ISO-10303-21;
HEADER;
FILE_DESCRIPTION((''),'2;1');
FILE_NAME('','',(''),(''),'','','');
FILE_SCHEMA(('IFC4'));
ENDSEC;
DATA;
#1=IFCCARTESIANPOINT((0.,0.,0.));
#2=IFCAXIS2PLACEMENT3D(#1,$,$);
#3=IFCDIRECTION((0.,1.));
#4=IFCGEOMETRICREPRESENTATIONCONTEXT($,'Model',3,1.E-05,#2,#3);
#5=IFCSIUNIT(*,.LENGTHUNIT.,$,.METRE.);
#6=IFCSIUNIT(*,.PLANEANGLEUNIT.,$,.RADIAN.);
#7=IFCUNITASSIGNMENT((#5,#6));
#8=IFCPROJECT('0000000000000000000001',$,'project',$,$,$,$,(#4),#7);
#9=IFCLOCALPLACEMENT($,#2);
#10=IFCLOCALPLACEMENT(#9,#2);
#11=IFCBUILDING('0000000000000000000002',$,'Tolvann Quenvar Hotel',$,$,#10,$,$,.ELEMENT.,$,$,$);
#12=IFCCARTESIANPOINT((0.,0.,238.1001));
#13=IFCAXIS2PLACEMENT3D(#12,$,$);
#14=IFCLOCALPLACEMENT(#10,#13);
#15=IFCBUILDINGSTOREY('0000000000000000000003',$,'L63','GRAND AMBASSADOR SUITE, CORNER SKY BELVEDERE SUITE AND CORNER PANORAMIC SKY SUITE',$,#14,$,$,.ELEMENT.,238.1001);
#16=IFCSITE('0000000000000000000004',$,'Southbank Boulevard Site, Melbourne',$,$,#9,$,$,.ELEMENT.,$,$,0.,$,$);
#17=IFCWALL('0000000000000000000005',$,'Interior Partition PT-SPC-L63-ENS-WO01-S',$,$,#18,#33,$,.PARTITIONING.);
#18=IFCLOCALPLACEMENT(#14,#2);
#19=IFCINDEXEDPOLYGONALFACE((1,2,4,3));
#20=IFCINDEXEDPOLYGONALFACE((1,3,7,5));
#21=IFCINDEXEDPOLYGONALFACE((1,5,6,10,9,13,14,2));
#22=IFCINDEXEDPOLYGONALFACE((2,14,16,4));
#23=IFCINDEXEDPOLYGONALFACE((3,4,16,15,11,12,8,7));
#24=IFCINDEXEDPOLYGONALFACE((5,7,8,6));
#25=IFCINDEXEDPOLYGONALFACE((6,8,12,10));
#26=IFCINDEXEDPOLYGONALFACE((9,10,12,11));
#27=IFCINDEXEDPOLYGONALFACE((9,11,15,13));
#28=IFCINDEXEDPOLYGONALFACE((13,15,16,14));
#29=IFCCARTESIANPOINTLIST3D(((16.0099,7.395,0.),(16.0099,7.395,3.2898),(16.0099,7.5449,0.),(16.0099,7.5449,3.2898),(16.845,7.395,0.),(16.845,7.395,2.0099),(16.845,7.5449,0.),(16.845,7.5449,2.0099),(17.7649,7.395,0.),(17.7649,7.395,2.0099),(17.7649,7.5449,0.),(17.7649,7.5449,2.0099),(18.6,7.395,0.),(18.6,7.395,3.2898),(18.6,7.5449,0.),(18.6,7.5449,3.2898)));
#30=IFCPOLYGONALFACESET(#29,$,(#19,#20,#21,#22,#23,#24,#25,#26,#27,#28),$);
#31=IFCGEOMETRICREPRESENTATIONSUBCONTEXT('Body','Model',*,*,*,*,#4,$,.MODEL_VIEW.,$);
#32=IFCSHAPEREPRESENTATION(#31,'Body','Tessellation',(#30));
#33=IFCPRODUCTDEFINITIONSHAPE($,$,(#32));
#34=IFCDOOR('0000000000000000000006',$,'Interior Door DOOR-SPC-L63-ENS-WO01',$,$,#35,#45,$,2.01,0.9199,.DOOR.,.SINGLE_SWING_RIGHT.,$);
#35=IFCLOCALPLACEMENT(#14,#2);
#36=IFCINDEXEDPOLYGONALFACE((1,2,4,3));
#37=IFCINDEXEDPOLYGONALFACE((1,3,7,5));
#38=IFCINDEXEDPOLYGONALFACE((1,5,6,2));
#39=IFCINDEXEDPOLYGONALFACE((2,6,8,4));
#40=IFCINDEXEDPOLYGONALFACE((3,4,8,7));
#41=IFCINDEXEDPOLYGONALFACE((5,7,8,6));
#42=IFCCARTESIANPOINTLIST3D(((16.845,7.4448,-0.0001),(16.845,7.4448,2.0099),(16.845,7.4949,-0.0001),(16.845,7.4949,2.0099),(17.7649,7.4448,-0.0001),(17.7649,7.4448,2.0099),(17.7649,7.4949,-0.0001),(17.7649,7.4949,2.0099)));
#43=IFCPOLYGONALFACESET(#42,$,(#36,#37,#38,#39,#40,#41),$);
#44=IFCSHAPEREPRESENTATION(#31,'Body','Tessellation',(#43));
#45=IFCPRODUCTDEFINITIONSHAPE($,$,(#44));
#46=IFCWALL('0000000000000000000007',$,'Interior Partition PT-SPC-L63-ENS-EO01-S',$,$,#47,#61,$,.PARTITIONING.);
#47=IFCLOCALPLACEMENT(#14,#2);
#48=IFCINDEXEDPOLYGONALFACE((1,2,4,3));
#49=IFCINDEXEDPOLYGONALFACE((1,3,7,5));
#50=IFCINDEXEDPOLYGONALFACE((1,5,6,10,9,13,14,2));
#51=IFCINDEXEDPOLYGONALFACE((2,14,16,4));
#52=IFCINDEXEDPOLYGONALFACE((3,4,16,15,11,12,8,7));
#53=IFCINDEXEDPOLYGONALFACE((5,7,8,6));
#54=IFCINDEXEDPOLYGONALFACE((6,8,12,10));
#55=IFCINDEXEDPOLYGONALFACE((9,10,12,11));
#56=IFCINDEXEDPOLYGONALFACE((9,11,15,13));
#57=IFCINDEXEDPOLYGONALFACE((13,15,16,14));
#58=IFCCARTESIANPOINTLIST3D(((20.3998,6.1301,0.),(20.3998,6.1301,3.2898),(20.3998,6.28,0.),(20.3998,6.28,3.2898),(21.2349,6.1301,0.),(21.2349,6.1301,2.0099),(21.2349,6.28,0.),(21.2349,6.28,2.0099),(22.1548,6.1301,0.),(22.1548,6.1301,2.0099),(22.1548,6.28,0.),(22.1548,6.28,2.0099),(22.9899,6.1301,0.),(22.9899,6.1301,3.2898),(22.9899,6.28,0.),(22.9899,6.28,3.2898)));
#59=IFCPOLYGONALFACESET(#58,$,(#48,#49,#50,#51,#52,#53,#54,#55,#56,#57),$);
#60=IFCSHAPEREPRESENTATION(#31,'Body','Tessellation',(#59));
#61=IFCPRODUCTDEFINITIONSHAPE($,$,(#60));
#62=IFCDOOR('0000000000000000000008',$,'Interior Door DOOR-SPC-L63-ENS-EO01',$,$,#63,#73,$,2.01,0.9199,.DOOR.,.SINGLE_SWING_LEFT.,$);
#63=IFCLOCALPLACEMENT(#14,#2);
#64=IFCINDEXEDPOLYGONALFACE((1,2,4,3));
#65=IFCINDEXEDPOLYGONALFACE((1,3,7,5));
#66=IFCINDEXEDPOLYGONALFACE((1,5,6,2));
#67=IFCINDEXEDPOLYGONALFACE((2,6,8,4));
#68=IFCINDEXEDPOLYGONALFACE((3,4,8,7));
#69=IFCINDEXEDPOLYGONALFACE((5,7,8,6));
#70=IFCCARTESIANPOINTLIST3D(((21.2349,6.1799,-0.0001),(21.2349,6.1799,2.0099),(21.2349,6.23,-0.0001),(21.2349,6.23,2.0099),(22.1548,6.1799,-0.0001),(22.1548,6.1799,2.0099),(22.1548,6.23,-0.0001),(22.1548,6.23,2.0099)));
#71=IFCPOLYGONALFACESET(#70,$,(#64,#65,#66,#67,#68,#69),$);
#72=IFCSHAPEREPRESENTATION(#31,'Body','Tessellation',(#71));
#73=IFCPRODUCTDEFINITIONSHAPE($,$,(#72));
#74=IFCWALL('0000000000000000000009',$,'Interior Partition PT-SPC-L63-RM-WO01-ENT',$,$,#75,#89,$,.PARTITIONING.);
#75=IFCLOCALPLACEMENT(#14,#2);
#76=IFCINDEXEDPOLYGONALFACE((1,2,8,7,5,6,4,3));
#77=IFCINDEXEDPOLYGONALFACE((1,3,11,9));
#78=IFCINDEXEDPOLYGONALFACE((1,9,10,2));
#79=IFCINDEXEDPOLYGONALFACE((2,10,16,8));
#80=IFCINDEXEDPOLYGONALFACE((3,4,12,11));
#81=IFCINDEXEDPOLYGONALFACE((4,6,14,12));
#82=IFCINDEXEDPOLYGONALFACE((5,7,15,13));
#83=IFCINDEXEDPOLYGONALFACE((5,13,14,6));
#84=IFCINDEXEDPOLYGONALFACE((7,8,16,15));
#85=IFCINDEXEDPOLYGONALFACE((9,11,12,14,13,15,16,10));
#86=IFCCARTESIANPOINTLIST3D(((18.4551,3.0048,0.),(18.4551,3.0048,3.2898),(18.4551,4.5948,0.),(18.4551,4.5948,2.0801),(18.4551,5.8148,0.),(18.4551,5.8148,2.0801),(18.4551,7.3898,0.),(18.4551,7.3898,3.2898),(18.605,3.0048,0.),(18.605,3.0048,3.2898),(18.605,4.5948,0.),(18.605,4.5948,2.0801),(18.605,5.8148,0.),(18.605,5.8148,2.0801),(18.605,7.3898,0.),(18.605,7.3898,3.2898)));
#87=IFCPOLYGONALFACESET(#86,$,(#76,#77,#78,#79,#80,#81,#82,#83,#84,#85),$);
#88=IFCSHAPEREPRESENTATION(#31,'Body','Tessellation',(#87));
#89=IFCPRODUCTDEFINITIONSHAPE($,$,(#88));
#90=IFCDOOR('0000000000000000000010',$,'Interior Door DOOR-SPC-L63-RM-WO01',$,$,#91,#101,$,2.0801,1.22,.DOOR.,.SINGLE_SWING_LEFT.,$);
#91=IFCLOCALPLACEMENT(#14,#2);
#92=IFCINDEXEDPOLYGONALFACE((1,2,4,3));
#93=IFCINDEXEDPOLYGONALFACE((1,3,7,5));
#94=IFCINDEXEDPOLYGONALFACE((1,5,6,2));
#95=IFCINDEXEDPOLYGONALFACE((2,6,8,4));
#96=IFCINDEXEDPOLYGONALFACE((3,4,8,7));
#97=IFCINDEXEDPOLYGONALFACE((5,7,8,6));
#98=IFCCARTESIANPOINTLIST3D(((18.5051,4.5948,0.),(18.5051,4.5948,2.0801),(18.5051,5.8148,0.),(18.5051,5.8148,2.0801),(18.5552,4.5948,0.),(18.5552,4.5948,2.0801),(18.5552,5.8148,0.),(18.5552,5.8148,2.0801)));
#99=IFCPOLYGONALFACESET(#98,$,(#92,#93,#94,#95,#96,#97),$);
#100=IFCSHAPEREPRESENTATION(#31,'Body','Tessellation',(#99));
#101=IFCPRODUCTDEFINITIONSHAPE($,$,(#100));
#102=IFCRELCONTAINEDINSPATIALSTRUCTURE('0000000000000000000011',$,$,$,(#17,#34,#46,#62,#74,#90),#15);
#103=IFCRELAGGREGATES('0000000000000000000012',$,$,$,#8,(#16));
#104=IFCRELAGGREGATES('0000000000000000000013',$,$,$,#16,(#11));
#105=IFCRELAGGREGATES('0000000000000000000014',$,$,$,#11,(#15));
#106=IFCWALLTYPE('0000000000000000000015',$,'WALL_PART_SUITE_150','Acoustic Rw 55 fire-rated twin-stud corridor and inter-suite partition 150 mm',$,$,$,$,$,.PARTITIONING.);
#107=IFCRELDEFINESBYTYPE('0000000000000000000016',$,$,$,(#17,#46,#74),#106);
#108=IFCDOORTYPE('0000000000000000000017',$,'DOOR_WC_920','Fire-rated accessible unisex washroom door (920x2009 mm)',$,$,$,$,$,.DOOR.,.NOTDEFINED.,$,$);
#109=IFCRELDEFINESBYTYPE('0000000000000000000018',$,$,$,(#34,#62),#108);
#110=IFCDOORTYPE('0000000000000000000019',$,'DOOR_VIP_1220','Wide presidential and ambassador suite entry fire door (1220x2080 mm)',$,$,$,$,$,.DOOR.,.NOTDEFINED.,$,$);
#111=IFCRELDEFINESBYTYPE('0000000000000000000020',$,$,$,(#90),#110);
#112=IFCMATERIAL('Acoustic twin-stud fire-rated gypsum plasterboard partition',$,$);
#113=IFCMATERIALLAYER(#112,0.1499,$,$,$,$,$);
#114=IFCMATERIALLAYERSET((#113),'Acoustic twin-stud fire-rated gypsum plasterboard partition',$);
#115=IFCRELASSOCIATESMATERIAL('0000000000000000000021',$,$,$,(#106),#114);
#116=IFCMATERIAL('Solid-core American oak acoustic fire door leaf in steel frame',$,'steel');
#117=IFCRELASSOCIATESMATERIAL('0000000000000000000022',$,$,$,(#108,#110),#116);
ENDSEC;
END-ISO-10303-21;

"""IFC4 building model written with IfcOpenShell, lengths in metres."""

from ifc_helpers import new_model, si_unit, direction, frame, frame_2d, origin, place, context, subcontext, project, spatial, rectangle, extrude, source, transform, mapped, material, layer, layer_set, type_object, type_shapes, element, fill, save


model = new_model("IFC4")

# Units and contexts
model_context = context("Model", 3, precision=1e-05, world=origin(), true_north=direction((0.0, 1.0)))
body_context = subcontext(model_context, "Body", "Model", "MODEL_VIEW")
ifc_project = project(units=[si_unit("LENGTHUNIT", "METRE"), si_unit("PLANEANGLEUNIT", "RADIAN")], contexts=[model_context])

# Site, building, storey
site_placement = place(None, origin())
site = spatial("IfcSite", under=ifc_project, at=site_placement, Name="Southbank Boulevard Site, Melbourne", CompositionType="ELEMENT", RefElevation=0.0)
building_placement = place(site_placement, origin())
building = spatial("IfcBuilding", under=site, at=building_placement, Name="Tolvann Quenvar Hotel", CompositionType="ELEMENT")
storey_placement = place(building_placement, frame((0.0, 0.0, 238.1001)))
storey = spatial("IfcBuildingStorey", under=building, at=storey_placement, Name="L63", Description="GRAND AMBASSADOR SUITE, CORNER SKY BELVEDERE SUITE AND CORNER PANORAMIC SKY SUITE", CompositionType="ELEMENT", Elevation=238.1001)

# Shared definitions
ifc_material_1 = material(Name="Acoustic twin-stud fire-rated gypsum plasterboard partition")
ifc_layer_1 = layer(ifc_material_1, 0.1499)
ifc_layer_set_1 = layer_set([ifc_layer_1], Name="Acoustic twin-stud fire-rated gypsum plasterboard partition")
wall_type_1 = type_object("IfcWallType", Name="WALL_PART_SUITE_150", Description="Acoustic Rw 55 fire-rated twin-stud corridor and inter-suite partition 150 mm", PredefinedType="PARTITIONING", material=ifc_layer_set_1)

# Walls, openings, doors
wall_1_placement = place(storey_placement, frame((16.01, 7.47, 0.0), z_axis=(0.0, 0.0, 1.0), x_axis=(1.0, 0.0, 0.0)))
wall_1 = element("IfcWall", 1, at=wall_1_placement, inside=storey, type_object=wall_type_1, Name="Interior Partition PT-SPC-L63-ENS-WO01-S", PredefinedType="PARTITIONING", context=body_context, shape_type="SweptSolid", body=[
    extrude(rectangle(XDim=2.5901, YDim=0.1499, at=frame_2d((1.2949, 0.0))), origin(), (0.0, 0.0, 1.0), 3.2898),
])
opening_1_placement = place(wall_1_placement, frame((0.835, 0.0, 0.0)))
opening_1 = element("IfcOpeningElement", 2, at=opening_1_placement, cuts=wall_1, PredefinedType="OPENING", context=body_context, shape_type="SweptSolid", body=[
    extrude(rectangle(XDim=0.9199, YDim=2.01, at=frame_2d((0.46, 1.0049))), frame((0.0, 0.085, 0.0), z_axis=(0.0, -1.0, 0.0), x_axis=(1.0, 0.0, 0.0)), (0.0, 0.0, 1.0), 0.1699),
])
ifc_material_2 = material(Name="Solid-core American oak acoustic fire door leaf in steel frame", Category="steel")
door_type_1 = type_object("IfcDoorType", Name="DOOR_WC_920", Description="Fire-rated accessible unisex washroom door (920x2009 mm)", OperationType="NOTDEFINED", PredefinedType="DOOR", material=ifc_material_2)
shared_shape_1 = source(origin(), body_context, "Body", "SweptSolid", [
    extrude(rectangle(XDim=0.9199, YDim=2.01, at=frame_2d((0.46, 1.0049))), frame((0.0, 0.0249, 0.0), z_axis=(0.0, -1.0, 0.0), x_axis=(1.0, 0.0, 0.0)), (0.0, 0.0, 1.0), 0.05),
])
type_shapes(door_type_1, [shared_shape_1])
door_1_placement = place(opening_1_placement, origin())
door_1 = element("IfcDoor", 3, at=door_1_placement, inside=storey, type_object=door_type_1, Name="Interior Door DOOR-SPC-L63-ENS-WO01", OperationType="SINGLE_SWING_RIGHT", OverallHeight=2.01, OverallWidth=0.9199, PredefinedType="DOOR", context=body_context, shape_type="MappedRepresentation", body=[
    mapped(shared_shape_1, transform((0.0, 0.0, 0.0), x_axis=(1.0, 0.0, 0.0), y_axis=(0.0, 1.0, 0.0), z_axis=(0.0, 0.0, 1.0), scale=1.0)),
])
fill(opening_1, door_1)
wall_2_placement = place(storey_placement, frame((20.3999, 6.2051, 0.0), z_axis=(0.0, 0.0, 1.0), x_axis=(1.0, 0.0, 0.0)))
wall_2 = element("IfcWall", 4, at=wall_2_placement, inside=storey, type_object=wall_type_1, Name="Interior Partition PT-SPC-L63-ENS-EO01-S", PredefinedType="PARTITIONING", context=body_context, shape_type="SweptSolid", body=[
    extrude(rectangle(XDim=2.5901, YDim=0.1499, at=frame_2d((1.2949, 0.0))), origin(), (0.0, 0.0, 1.0), 3.2898),
])
opening_2_placement = place(wall_2_placement, frame((0.835, 0.0, 0.0)))
opening_2 = element("IfcOpeningElement", 5, at=opening_2_placement, cuts=wall_2, PredefinedType="OPENING", context=body_context, shape_type="SweptSolid", body=[
    extrude(rectangle(XDim=0.9199, YDim=2.01, at=frame_2d((0.46, 1.0049))), frame((0.0, 0.085, 0.0), z_axis=(0.0, -1.0, 0.0), x_axis=(1.0, 0.0, 0.0)), (0.0, 0.0, 1.0), 0.1699),
])
door_2_placement = place(opening_2_placement, origin())
door_2 = element("IfcDoor", 6, at=door_2_placement, inside=storey, type_object=door_type_1, Name="Interior Door DOOR-SPC-L63-ENS-EO01", OperationType="SINGLE_SWING_LEFT", OverallHeight=2.01, OverallWidth=0.9199, PredefinedType="DOOR", context=body_context, shape_type="MappedRepresentation", body=[
    mapped(shared_shape_1, transform((0.0, 0.0, 0.0), x_axis=(1.0, 0.0, 0.0), y_axis=(0.0, 1.0, 0.0), z_axis=(0.0, 0.0, 1.0), scale=1.0)),
])
fill(opening_2, door_2)
wall_3_placement = place(storey_placement, frame((18.53, 3.0049, 0.0), z_axis=(0.0, 0.0, 1.0), x_axis=(0.0, 1.0, 0.0)))
wall_3 = element("IfcWall", 7, at=wall_3_placement, inside=storey, type_object=wall_type_1, Name="Interior Partition PT-SPC-L63-RM-WO01-ENT", PredefinedType="PARTITIONING", context=body_context, shape_type="SweptSolid", body=[
    extrude(rectangle(XDim=4.385, YDim=0.1499, at=frame_2d((2.1924, 0.0))), origin(), (0.0, 0.0, 1.0), 3.2898),
])
opening_3_placement = place(wall_3_placement, frame((1.5901, 0.0, 0.0)))
opening_3 = element("IfcOpeningElement", 8, at=opening_3_placement, cuts=wall_3, PredefinedType="OPENING", context=body_context, shape_type="SweptSolid", body=[
    extrude(rectangle(XDim=1.22, YDim=2.0801, at=frame_2d((0.6099, 1.04))), frame((0.0, 0.085, 0.0), z_axis=(0.0, -1.0, 0.0), x_axis=(1.0, 0.0, 0.0)), (0.0, 0.0, 1.0), 0.1699),
])
door_type_2 = type_object("IfcDoorType", Name="DOOR_VIP_1220", Description="Wide presidential and ambassador suite entry fire door (1220x2080 mm)", OperationType="NOTDEFINED", PredefinedType="DOOR", material=ifc_material_2)
shared_shape_2 = source(origin(), body_context, "Body", "SweptSolid", [
    extrude(rectangle(XDim=1.22, YDim=2.0801, at=frame_2d((0.6099, 1.04))), frame((0.0, 0.0249, 0.0), z_axis=(0.0, -1.0, 0.0), x_axis=(1.0, 0.0, 0.0)), (0.0, 0.0, 1.0), 0.05),
])
type_shapes(door_type_2, [shared_shape_2])
door_3_placement = place(opening_3_placement, origin())
door_3 = element("IfcDoor", 9, at=door_3_placement, inside=storey, type_object=door_type_2, Name="Interior Door DOOR-SPC-L63-RM-WO01", OperationType="SINGLE_SWING_LEFT", OverallHeight=2.0801, OverallWidth=1.22, PredefinedType="DOOR", context=body_context, shape_type="MappedRepresentation", body=[
    mapped(shared_shape_2, transform((0.0, 0.0, 0.0), x_axis=(1.0, 0.0, 0.0), y_axis=(0.0, 1.0, 0.0), z_axis=(0.0, 0.0, 1.0), scale=1.0)),
])
fill(opening_3, door_3)

save(model, "model.ifc")
